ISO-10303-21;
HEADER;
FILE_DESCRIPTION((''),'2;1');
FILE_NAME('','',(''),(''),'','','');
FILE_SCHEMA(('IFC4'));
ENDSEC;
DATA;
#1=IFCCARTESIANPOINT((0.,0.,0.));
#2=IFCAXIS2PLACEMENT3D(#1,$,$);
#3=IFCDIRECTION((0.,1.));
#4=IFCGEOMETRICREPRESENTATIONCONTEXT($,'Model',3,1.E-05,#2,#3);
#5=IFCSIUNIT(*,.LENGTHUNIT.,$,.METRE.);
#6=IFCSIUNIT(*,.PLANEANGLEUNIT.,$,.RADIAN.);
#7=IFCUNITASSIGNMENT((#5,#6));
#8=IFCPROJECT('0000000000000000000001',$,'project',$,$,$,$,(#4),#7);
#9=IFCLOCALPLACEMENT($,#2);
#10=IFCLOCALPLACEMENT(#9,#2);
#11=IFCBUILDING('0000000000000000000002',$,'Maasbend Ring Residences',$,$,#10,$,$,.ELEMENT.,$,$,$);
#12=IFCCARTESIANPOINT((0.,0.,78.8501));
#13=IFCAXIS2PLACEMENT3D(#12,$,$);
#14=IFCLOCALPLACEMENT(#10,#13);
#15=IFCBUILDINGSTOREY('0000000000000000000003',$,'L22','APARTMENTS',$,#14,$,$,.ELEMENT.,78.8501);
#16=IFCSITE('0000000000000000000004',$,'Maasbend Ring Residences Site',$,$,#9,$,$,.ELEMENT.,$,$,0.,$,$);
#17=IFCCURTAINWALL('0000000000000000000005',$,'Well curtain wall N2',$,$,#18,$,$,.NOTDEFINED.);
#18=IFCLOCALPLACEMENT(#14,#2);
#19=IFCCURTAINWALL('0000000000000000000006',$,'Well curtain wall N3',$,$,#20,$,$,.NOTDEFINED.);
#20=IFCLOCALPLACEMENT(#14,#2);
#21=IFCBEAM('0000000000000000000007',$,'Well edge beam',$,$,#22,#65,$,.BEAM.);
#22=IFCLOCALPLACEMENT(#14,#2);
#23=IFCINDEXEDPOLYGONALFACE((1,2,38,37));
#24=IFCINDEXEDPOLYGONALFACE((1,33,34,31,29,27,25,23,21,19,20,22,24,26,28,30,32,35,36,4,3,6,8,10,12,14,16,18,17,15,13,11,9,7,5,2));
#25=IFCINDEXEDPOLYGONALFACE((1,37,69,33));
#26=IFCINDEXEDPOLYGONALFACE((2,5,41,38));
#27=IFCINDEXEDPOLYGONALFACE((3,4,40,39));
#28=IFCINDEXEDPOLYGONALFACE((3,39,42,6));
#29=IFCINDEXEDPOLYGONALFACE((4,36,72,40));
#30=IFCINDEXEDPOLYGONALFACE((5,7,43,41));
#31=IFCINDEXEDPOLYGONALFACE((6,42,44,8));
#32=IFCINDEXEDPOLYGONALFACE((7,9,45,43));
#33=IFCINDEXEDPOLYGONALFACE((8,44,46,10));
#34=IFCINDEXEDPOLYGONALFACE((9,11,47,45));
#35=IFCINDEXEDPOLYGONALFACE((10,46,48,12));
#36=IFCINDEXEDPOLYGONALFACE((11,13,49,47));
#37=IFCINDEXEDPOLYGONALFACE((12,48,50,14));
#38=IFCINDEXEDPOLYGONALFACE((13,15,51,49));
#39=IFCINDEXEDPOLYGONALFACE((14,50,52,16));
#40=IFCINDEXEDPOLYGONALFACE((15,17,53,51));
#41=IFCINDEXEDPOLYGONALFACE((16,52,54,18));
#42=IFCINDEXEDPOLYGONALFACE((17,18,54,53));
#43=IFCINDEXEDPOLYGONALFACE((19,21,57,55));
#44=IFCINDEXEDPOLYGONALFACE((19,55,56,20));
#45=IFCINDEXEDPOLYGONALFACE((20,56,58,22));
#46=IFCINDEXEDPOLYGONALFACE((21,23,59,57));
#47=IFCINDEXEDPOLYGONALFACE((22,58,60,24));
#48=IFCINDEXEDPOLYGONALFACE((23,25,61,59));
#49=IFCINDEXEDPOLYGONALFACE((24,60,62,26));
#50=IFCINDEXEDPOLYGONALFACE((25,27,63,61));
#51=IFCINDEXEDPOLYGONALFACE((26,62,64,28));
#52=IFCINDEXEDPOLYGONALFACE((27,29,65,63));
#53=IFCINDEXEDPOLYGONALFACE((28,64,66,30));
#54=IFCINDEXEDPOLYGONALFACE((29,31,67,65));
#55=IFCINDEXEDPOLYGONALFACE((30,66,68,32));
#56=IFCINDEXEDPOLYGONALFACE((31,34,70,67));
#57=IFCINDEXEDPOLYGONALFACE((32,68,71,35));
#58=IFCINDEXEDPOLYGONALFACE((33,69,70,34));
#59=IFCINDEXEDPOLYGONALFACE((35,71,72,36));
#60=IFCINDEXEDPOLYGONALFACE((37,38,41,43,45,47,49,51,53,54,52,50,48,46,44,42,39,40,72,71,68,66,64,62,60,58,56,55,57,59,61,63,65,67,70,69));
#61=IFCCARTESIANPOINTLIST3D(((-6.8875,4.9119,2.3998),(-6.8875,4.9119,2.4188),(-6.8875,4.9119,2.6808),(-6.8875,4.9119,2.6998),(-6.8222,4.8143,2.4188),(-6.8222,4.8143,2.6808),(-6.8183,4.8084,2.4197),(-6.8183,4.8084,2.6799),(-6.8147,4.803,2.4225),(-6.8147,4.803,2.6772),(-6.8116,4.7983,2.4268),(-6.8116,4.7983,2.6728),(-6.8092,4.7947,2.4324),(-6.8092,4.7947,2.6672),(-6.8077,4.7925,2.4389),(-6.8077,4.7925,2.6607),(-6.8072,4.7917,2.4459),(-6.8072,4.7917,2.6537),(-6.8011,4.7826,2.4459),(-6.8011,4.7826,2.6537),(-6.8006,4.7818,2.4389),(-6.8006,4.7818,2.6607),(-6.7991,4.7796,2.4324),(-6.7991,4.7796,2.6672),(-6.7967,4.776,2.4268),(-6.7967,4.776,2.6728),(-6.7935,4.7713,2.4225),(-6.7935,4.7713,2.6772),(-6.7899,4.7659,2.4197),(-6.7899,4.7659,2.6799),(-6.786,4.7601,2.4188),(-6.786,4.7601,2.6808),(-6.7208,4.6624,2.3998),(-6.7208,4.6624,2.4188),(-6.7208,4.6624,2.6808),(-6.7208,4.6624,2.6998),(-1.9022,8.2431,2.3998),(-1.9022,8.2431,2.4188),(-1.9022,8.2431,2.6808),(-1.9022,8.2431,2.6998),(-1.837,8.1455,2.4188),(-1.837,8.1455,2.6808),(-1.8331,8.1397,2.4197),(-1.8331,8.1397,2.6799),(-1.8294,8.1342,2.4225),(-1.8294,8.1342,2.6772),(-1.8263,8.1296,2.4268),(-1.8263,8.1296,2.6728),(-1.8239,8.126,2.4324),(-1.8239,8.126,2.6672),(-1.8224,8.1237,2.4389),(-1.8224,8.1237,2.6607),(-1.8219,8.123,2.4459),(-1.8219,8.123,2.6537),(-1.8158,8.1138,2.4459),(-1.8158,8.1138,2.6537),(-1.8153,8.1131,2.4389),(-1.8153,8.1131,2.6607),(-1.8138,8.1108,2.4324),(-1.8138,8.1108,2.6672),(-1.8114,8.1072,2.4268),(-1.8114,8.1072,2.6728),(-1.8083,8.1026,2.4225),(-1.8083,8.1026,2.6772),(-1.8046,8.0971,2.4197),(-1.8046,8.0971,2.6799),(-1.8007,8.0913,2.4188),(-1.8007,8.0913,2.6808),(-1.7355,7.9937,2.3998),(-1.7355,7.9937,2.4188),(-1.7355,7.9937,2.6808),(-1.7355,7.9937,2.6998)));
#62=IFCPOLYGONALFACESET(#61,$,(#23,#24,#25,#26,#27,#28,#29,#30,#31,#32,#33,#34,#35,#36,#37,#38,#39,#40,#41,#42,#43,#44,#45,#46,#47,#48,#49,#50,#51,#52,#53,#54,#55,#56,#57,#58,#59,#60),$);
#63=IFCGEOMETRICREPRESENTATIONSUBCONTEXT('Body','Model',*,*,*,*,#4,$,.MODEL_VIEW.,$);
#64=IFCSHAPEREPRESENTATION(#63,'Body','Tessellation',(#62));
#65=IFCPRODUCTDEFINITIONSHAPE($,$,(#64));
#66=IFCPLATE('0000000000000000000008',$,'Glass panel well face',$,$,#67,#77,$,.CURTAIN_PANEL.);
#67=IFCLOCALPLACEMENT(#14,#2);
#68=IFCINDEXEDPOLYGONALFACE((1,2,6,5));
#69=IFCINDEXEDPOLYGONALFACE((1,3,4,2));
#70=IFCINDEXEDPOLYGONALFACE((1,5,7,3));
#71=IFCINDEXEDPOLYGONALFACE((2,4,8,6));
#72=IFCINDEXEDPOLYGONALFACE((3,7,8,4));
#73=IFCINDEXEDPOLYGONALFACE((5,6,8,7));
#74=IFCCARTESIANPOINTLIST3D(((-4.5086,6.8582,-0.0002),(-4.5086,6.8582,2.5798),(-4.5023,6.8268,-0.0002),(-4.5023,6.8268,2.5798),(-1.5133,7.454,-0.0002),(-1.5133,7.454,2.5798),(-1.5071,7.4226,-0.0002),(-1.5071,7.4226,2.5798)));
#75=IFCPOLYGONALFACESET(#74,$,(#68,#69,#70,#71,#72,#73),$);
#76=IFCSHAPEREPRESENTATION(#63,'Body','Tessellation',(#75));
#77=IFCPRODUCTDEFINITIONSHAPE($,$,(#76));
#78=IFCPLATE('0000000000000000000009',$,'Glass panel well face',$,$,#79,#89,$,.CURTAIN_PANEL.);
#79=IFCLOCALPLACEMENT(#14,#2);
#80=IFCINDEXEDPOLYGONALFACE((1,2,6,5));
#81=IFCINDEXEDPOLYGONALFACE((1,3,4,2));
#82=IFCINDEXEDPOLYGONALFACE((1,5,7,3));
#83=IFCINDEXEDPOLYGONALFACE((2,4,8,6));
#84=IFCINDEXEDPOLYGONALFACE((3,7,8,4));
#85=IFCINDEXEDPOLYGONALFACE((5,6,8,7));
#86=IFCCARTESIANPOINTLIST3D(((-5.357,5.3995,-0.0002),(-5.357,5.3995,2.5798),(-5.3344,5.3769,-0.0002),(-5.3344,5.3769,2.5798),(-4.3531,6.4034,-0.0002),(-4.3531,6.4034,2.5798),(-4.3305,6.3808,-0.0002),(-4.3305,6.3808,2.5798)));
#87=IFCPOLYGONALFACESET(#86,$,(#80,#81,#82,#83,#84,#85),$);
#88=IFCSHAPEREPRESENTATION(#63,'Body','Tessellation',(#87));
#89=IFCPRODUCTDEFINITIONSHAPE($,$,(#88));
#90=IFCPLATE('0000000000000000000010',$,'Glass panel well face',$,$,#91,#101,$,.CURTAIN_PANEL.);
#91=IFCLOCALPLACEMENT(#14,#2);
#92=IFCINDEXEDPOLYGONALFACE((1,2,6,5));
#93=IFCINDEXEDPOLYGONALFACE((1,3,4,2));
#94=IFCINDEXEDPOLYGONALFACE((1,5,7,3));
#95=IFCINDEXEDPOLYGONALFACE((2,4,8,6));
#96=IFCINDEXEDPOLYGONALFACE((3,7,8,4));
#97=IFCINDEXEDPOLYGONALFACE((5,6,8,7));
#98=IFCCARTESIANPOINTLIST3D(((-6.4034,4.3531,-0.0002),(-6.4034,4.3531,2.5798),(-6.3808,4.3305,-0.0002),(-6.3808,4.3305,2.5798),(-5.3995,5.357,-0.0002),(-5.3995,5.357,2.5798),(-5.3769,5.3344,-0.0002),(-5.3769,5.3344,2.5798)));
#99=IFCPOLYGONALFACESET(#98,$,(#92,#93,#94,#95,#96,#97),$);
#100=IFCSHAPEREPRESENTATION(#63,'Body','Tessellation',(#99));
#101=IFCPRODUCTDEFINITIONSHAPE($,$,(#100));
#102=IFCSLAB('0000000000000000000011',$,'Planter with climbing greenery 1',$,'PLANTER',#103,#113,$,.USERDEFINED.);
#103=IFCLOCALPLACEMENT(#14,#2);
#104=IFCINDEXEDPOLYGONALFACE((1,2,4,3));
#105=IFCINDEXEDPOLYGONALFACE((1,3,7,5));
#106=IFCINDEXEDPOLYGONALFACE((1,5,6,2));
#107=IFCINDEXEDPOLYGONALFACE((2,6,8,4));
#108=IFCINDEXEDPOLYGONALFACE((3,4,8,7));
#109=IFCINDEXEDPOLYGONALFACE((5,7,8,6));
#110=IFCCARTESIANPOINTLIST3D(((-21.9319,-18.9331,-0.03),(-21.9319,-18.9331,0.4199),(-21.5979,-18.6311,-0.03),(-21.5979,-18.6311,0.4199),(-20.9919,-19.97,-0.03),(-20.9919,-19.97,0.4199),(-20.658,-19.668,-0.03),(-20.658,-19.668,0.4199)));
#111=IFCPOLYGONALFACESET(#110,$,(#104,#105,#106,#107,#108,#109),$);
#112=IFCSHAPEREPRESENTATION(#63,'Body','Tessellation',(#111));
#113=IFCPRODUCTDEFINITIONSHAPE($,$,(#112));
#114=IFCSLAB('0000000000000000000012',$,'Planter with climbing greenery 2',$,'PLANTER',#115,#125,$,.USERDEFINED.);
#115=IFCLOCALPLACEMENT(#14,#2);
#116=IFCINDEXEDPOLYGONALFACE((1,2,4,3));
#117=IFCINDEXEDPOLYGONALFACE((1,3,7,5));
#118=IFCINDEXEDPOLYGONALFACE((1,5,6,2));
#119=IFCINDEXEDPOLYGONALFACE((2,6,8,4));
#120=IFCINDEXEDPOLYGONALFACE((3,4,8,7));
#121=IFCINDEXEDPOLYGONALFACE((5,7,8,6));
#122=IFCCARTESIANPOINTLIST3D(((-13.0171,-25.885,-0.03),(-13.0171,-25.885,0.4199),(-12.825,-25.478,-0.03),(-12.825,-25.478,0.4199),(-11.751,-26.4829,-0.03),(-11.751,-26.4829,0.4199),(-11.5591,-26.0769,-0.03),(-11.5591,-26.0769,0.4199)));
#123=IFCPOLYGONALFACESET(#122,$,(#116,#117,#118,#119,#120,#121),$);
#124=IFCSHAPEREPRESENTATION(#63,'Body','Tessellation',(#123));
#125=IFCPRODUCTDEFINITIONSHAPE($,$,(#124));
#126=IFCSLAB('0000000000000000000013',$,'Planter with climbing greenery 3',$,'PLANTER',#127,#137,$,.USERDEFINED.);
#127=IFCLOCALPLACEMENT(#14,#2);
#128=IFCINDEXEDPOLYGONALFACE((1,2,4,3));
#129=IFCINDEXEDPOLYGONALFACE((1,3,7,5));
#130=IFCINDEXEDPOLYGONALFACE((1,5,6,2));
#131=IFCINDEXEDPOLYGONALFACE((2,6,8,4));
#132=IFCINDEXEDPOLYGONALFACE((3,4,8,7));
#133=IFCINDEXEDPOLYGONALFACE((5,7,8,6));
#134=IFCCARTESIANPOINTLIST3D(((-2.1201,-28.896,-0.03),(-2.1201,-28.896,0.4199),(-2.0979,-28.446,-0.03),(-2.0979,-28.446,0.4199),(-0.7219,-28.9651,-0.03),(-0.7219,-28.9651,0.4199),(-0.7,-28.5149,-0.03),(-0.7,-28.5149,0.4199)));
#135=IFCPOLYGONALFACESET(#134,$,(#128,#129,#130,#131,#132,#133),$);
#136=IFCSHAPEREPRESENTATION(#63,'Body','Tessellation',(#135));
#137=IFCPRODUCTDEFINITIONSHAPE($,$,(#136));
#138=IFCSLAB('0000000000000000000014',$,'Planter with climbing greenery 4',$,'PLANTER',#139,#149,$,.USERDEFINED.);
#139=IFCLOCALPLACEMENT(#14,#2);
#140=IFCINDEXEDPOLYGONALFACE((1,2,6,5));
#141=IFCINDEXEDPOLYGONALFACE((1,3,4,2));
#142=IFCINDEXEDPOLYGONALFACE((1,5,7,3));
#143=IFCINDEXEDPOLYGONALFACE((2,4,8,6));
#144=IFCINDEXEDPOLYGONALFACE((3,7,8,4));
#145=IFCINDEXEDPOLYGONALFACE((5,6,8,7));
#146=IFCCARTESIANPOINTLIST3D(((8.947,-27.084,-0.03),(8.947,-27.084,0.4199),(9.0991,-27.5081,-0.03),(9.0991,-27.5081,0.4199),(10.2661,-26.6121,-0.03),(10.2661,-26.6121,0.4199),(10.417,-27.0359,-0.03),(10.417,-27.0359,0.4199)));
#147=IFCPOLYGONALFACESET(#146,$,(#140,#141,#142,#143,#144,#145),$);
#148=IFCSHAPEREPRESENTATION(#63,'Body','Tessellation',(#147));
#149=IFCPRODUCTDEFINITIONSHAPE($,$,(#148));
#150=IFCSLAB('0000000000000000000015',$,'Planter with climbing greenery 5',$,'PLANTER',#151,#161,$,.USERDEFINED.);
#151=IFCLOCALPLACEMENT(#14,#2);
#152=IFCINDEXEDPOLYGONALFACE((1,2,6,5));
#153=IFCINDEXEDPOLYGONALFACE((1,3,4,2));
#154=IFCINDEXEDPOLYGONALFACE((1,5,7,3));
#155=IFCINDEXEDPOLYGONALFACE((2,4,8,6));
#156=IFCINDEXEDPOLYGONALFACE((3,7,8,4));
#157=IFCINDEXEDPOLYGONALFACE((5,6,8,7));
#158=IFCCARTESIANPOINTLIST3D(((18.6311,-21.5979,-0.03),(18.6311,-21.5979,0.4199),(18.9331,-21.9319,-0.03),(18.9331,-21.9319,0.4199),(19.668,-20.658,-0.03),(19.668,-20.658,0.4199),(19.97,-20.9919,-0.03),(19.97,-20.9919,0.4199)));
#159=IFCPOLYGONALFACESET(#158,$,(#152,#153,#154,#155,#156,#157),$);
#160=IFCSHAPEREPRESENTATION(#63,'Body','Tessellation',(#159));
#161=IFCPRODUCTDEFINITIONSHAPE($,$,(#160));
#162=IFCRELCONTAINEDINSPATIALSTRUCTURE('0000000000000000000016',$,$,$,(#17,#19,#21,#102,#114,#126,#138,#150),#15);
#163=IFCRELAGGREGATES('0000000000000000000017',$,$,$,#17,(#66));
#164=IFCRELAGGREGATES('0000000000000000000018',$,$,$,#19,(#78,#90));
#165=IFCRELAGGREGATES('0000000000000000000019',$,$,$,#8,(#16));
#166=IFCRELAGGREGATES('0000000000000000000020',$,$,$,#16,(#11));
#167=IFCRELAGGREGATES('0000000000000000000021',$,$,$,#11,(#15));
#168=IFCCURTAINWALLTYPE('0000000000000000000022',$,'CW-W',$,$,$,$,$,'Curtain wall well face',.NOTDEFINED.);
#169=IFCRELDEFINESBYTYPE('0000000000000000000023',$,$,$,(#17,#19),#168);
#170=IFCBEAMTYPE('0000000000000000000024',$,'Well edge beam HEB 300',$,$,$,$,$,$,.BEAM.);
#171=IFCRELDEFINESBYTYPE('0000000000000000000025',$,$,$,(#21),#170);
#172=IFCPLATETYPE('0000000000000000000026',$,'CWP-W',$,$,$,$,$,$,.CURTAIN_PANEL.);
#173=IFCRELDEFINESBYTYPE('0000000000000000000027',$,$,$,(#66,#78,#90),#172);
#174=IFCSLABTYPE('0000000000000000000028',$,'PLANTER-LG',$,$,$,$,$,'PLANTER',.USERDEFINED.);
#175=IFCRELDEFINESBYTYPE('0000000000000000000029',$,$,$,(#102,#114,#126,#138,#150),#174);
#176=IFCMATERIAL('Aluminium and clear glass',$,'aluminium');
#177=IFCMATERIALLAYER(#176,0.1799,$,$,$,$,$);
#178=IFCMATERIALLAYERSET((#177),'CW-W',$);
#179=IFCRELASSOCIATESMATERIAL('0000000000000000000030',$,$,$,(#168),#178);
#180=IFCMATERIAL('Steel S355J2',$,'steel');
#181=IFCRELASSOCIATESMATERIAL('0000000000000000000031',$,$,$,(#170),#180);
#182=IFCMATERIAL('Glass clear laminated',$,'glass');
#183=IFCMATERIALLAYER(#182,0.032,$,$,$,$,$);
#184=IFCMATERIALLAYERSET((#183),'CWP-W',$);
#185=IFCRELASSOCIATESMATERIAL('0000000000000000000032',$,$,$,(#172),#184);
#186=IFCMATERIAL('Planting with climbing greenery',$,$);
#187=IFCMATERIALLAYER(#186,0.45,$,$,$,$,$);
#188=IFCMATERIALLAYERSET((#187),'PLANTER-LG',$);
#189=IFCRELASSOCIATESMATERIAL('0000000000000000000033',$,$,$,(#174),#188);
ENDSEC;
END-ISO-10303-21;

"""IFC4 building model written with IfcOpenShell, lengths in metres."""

from ifc_helpers import new_model, si_unit, direction, frame, origin, origin_2d, place, context, subcontext, project, spatial, polyline, rectangle, i_section, outline, extrude, material, layer, layer_set, material_profile, profile_set, type_object, element, aggregate, save


model = new_model("IFC4")

# Units and contexts
model_context = context("Model", 3, precision=1e-05, world=origin(), true_north=direction((0.0, 1.0)))
body_context = subcontext(model_context, "Body", "Model", "MODEL_VIEW")
ifc_project = project(units=[si_unit("LENGTHUNIT", "METRE"), si_unit("PLANEANGLEUNIT", "RADIAN")], contexts=[model_context])

# Site, building, storey
site_placement = place(None, origin())
site = spatial("IfcSite", under=ifc_project, at=site_placement, Name="Maasbend Ring Residences Site", CompositionType="ELEMENT", RefElevation=0.0)
building_placement = place(site_placement, origin())
building = spatial("IfcBuilding", under=site, at=building_placement, Name="Maasbend Ring Residences", CompositionType="ELEMENT")
storey_placement = place(building_placement, frame((0.0, 0.0, 78.8501)))
storey = spatial("IfcBuildingStorey", under=building, at=storey_placement, Name="L22", Description="APARTMENTS", CompositionType="ELEMENT", Elevation=78.8501)

# Curtain walls
ifc_material_1 = material(Name="Aluminium and clear glass", Category="aluminium")
ifc_layer_1 = layer(ifc_material_1, 0.1799)
ifc_layer_set_1 = layer_set([ifc_layer_1], Name="CW-W")
curtain_wall_type = type_object("IfcCurtainWallType", Name="CW-W", ElementType="Curtain wall well face", PredefinedType="NOTDEFINED", material=ifc_layer_set_1)
curtain_wall_1_placement = place(storey_placement, origin())
curtain_wall_1 = element("IfcCurtainWall", 1, at=curtain_wall_1_placement, inside=storey, type_object=curtain_wall_type, Name="Well curtain wall N2", PredefinedType="NOTDEFINED")
curtain_wall_2_placement = place(storey_placement, origin())
curtain_wall_2 = element("IfcCurtainWall", 2, at=curtain_wall_2_placement, inside=storey, type_object=curtain_wall_type, Name="Well curtain wall N3", PredefinedType="NOTDEFINED")

# Beam
ifc_material_2 = material(Name="Steel S355J2", Category="steel")
ifc_material_profile_1 = material_profile(ifc_material_2, i_section(OverallWidth=0.3, OverallDepth=0.3, WebThickness=0.011, FlangeThickness=0.019, FilletRadius=0.0271, at=origin_2d()), Name="HEB 300")
ifc_profile_set_1 = profile_set([ifc_material_profile_1], Name="Steel S355J2")
beam_type = type_object("IfcBeamType", Name="Well edge beam HEB 300", PredefinedType="BEAM", material=ifc_profile_set_1)
beam_placement = place(storey_placement, frame((-1.8188, 8.1184, 2.5498), z_axis=(-0.831455, -0.555593, 0.0), x_axis=(0.555593, -0.831455, 0.0)))
element("IfcBeam", 3, at=beam_placement, inside=storey, type_object=beam_type, Name="Well edge beam", PredefinedType="BEAM", context=body_context, shape_type="SweptSolid", body=[
    extrude(i_section(OverallWidth=0.3, OverallDepth=0.3, WebThickness=0.011, FlangeThickness=0.019, FilletRadius=0.0271, at=origin_2d()), origin(), (0.0, 0.0, 1.0), 5.9958),
])

# Plates
ifc_material_3 = material(Name="Glass clear laminated", Category="glass")
ifc_layer_2 = layer(ifc_material_3, 0.032)
ifc_layer_set_2 = layer_set([ifc_layer_2], Name="CWP-W")
plate_type = type_object("IfcPlateType", Name="CWP-W", PredefinedType="CURTAIN_PANEL", material=ifc_layer_set_2)
plate_1_placement = place(storey_placement, frame((-3.0078, 7.1404, -0.0002), z_axis=(0.0, 0.0, 1.0), x_axis=(-0.980785, -0.19509, 0.0)))
plate_1 = element("IfcPlate", 4, at=plate_1_placement, type_object=plate_type, Name="Glass panel well face", PredefinedType="CURTAIN_PANEL", context=body_context, shape_type="SweptSolid", body=[
    extrude(rectangle(XDim=3.054, YDim=0.032, at=origin_2d()), origin(), (0.0, 0.0, 1.0), 2.5801),
])
aggregate(curtain_wall_1, [plate_1])
plate_2_placement = place(storey_placement, frame((-4.8438, 5.8901, -0.0002), z_axis=(0.0, 0.0, 1.0), x_axis=(-0.707107, -0.707107, 0.0)))
plate_2 = element("IfcPlate", 5, at=plate_2_placement, type_object=plate_type, Name="Glass panel well face", PredefinedType="CURTAIN_PANEL", context=body_context, shape_type="SweptSolid", body=[
    extrude(rectangle(XDim=1.4197, YDim=0.032, at=origin_2d()), origin(), (0.0, 0.0, 1.0), 2.5801),
])
plate_3_placement = place(storey_placement, frame((-5.8901, 4.8438, -0.0002), z_axis=(0.0, 0.0, 1.0), x_axis=(-0.707107, -0.707107, 0.0)))
plate_3 = element("IfcPlate", 6, at=plate_3_placement, type_object=plate_type, Name="Glass panel well face", PredefinedType="CURTAIN_PANEL", context=body_context, shape_type="SweptSolid", body=[
    extrude(rectangle(XDim=1.4197, YDim=0.032, at=origin_2d()), origin(), (0.0, 0.0, 1.0), 2.5801),
])
aggregate(curtain_wall_2, [plate_2, plate_3])

# Slabs
ifc_material_4 = material(Name="Planting with climbing greenery")
ifc_layer_3 = layer(ifc_material_4, 0.45)
ifc_layer_set_3 = layer_set([ifc_layer_3], Name="PLANTER-LG")
slab_type_1 = type_object("IfcSlabType", Name="PLANTER-LG", ElementType="PLANTER", PredefinedType="USERDEFINED", material=ifc_layer_set_3)
slab_1_placement = place(storey_placement, frame((0.0, 0.0, -0.03)))
element("IfcSlab", 7, at=slab_1_placement, inside=storey, type_object=slab_type_1, Name="Planter with climbing greenery 1", ObjectType="PLANTER", PredefinedType="USERDEFINED", context=body_context, shape_type="SweptSolid", body=[
    extrude(outline(polyline([(-21.9319, -18.9331), (-20.9919, -19.97), (-20.658, -19.668), (-21.5979, -18.6311), (-21.9319, -18.9331)])), origin(), (0.0, 0.0, 1.0), 0.45),
])
slab_2_placement = place(storey_placement, frame((0.0, 0.0, -0.03)))
element("IfcSlab", 8, at=slab_2_placement, inside=storey, type_object=slab_type_1, Name="Planter with climbing greenery 2", ObjectType="PLANTER", PredefinedType="USERDEFINED", context=body_context, shape_type="SweptSolid", body=[
    extrude(outline(polyline([(-13.0171, -25.885), (-11.751, -26.4829), (-11.5591, -26.0769), (-12.825, -25.478), (-13.0171, -25.885)])), origin(), (0.0, 0.0, 1.0), 0.45),
])
slab_3_placement = place(storey_placement, frame((0.0, 0.0, -0.03)))
element("IfcSlab", 9, at=slab_3_placement, inside=storey, type_object=slab_type_1, Name="Planter with climbing greenery 3", ObjectType="PLANTER", PredefinedType="USERDEFINED", context=body_context, shape_type="SweptSolid", body=[
    extrude(outline(polyline([(-2.1201, -28.896), (-0.7219, -28.9651), (-0.7, -28.5149), (-2.0979, -28.446), (-2.1201, -28.896)])), origin(), (0.0, 0.0, 1.0), 0.45),
])
slab_4_placement = place(storey_placement, frame((0.0, 0.0, -0.03)))
element("IfcSlab", 10, at=slab_4_placement, inside=storey, type_object=slab_type_1, Name="Planter with climbing greenery 4", ObjectType="PLANTER", PredefinedType="USERDEFINED", context=body_context, shape_type="SweptSolid", body=[
    extrude(outline(polyline([(9.0991, -27.5081), (10.417, -27.0359), (10.2661, -26.6121), (8.947, -27.084), (9.0991, -27.5081)])), origin(), (0.0, 0.0, 1.0), 0.45),
])
slab_5_placement = place(storey_placement, frame((0.0, 0.0, -0.03)))
element("IfcSlab", 11, at=slab_5_placement, inside=storey, type_object=slab_type_1, Name="Planter with climbing greenery 5", ObjectType="PLANTER", PredefinedType="USERDEFINED", context=body_context, shape_type="SweptSolid", body=[
    extrude(outline(polyline([(18.9331, -21.9319), (19.97, -20.9919), (19.668, -20.658), (18.6311, -21.5979), (18.9331, -21.9319)])), origin(), (0.0, 0.0, 1.0), 0.45),
])

save(model, "model.ifc")
